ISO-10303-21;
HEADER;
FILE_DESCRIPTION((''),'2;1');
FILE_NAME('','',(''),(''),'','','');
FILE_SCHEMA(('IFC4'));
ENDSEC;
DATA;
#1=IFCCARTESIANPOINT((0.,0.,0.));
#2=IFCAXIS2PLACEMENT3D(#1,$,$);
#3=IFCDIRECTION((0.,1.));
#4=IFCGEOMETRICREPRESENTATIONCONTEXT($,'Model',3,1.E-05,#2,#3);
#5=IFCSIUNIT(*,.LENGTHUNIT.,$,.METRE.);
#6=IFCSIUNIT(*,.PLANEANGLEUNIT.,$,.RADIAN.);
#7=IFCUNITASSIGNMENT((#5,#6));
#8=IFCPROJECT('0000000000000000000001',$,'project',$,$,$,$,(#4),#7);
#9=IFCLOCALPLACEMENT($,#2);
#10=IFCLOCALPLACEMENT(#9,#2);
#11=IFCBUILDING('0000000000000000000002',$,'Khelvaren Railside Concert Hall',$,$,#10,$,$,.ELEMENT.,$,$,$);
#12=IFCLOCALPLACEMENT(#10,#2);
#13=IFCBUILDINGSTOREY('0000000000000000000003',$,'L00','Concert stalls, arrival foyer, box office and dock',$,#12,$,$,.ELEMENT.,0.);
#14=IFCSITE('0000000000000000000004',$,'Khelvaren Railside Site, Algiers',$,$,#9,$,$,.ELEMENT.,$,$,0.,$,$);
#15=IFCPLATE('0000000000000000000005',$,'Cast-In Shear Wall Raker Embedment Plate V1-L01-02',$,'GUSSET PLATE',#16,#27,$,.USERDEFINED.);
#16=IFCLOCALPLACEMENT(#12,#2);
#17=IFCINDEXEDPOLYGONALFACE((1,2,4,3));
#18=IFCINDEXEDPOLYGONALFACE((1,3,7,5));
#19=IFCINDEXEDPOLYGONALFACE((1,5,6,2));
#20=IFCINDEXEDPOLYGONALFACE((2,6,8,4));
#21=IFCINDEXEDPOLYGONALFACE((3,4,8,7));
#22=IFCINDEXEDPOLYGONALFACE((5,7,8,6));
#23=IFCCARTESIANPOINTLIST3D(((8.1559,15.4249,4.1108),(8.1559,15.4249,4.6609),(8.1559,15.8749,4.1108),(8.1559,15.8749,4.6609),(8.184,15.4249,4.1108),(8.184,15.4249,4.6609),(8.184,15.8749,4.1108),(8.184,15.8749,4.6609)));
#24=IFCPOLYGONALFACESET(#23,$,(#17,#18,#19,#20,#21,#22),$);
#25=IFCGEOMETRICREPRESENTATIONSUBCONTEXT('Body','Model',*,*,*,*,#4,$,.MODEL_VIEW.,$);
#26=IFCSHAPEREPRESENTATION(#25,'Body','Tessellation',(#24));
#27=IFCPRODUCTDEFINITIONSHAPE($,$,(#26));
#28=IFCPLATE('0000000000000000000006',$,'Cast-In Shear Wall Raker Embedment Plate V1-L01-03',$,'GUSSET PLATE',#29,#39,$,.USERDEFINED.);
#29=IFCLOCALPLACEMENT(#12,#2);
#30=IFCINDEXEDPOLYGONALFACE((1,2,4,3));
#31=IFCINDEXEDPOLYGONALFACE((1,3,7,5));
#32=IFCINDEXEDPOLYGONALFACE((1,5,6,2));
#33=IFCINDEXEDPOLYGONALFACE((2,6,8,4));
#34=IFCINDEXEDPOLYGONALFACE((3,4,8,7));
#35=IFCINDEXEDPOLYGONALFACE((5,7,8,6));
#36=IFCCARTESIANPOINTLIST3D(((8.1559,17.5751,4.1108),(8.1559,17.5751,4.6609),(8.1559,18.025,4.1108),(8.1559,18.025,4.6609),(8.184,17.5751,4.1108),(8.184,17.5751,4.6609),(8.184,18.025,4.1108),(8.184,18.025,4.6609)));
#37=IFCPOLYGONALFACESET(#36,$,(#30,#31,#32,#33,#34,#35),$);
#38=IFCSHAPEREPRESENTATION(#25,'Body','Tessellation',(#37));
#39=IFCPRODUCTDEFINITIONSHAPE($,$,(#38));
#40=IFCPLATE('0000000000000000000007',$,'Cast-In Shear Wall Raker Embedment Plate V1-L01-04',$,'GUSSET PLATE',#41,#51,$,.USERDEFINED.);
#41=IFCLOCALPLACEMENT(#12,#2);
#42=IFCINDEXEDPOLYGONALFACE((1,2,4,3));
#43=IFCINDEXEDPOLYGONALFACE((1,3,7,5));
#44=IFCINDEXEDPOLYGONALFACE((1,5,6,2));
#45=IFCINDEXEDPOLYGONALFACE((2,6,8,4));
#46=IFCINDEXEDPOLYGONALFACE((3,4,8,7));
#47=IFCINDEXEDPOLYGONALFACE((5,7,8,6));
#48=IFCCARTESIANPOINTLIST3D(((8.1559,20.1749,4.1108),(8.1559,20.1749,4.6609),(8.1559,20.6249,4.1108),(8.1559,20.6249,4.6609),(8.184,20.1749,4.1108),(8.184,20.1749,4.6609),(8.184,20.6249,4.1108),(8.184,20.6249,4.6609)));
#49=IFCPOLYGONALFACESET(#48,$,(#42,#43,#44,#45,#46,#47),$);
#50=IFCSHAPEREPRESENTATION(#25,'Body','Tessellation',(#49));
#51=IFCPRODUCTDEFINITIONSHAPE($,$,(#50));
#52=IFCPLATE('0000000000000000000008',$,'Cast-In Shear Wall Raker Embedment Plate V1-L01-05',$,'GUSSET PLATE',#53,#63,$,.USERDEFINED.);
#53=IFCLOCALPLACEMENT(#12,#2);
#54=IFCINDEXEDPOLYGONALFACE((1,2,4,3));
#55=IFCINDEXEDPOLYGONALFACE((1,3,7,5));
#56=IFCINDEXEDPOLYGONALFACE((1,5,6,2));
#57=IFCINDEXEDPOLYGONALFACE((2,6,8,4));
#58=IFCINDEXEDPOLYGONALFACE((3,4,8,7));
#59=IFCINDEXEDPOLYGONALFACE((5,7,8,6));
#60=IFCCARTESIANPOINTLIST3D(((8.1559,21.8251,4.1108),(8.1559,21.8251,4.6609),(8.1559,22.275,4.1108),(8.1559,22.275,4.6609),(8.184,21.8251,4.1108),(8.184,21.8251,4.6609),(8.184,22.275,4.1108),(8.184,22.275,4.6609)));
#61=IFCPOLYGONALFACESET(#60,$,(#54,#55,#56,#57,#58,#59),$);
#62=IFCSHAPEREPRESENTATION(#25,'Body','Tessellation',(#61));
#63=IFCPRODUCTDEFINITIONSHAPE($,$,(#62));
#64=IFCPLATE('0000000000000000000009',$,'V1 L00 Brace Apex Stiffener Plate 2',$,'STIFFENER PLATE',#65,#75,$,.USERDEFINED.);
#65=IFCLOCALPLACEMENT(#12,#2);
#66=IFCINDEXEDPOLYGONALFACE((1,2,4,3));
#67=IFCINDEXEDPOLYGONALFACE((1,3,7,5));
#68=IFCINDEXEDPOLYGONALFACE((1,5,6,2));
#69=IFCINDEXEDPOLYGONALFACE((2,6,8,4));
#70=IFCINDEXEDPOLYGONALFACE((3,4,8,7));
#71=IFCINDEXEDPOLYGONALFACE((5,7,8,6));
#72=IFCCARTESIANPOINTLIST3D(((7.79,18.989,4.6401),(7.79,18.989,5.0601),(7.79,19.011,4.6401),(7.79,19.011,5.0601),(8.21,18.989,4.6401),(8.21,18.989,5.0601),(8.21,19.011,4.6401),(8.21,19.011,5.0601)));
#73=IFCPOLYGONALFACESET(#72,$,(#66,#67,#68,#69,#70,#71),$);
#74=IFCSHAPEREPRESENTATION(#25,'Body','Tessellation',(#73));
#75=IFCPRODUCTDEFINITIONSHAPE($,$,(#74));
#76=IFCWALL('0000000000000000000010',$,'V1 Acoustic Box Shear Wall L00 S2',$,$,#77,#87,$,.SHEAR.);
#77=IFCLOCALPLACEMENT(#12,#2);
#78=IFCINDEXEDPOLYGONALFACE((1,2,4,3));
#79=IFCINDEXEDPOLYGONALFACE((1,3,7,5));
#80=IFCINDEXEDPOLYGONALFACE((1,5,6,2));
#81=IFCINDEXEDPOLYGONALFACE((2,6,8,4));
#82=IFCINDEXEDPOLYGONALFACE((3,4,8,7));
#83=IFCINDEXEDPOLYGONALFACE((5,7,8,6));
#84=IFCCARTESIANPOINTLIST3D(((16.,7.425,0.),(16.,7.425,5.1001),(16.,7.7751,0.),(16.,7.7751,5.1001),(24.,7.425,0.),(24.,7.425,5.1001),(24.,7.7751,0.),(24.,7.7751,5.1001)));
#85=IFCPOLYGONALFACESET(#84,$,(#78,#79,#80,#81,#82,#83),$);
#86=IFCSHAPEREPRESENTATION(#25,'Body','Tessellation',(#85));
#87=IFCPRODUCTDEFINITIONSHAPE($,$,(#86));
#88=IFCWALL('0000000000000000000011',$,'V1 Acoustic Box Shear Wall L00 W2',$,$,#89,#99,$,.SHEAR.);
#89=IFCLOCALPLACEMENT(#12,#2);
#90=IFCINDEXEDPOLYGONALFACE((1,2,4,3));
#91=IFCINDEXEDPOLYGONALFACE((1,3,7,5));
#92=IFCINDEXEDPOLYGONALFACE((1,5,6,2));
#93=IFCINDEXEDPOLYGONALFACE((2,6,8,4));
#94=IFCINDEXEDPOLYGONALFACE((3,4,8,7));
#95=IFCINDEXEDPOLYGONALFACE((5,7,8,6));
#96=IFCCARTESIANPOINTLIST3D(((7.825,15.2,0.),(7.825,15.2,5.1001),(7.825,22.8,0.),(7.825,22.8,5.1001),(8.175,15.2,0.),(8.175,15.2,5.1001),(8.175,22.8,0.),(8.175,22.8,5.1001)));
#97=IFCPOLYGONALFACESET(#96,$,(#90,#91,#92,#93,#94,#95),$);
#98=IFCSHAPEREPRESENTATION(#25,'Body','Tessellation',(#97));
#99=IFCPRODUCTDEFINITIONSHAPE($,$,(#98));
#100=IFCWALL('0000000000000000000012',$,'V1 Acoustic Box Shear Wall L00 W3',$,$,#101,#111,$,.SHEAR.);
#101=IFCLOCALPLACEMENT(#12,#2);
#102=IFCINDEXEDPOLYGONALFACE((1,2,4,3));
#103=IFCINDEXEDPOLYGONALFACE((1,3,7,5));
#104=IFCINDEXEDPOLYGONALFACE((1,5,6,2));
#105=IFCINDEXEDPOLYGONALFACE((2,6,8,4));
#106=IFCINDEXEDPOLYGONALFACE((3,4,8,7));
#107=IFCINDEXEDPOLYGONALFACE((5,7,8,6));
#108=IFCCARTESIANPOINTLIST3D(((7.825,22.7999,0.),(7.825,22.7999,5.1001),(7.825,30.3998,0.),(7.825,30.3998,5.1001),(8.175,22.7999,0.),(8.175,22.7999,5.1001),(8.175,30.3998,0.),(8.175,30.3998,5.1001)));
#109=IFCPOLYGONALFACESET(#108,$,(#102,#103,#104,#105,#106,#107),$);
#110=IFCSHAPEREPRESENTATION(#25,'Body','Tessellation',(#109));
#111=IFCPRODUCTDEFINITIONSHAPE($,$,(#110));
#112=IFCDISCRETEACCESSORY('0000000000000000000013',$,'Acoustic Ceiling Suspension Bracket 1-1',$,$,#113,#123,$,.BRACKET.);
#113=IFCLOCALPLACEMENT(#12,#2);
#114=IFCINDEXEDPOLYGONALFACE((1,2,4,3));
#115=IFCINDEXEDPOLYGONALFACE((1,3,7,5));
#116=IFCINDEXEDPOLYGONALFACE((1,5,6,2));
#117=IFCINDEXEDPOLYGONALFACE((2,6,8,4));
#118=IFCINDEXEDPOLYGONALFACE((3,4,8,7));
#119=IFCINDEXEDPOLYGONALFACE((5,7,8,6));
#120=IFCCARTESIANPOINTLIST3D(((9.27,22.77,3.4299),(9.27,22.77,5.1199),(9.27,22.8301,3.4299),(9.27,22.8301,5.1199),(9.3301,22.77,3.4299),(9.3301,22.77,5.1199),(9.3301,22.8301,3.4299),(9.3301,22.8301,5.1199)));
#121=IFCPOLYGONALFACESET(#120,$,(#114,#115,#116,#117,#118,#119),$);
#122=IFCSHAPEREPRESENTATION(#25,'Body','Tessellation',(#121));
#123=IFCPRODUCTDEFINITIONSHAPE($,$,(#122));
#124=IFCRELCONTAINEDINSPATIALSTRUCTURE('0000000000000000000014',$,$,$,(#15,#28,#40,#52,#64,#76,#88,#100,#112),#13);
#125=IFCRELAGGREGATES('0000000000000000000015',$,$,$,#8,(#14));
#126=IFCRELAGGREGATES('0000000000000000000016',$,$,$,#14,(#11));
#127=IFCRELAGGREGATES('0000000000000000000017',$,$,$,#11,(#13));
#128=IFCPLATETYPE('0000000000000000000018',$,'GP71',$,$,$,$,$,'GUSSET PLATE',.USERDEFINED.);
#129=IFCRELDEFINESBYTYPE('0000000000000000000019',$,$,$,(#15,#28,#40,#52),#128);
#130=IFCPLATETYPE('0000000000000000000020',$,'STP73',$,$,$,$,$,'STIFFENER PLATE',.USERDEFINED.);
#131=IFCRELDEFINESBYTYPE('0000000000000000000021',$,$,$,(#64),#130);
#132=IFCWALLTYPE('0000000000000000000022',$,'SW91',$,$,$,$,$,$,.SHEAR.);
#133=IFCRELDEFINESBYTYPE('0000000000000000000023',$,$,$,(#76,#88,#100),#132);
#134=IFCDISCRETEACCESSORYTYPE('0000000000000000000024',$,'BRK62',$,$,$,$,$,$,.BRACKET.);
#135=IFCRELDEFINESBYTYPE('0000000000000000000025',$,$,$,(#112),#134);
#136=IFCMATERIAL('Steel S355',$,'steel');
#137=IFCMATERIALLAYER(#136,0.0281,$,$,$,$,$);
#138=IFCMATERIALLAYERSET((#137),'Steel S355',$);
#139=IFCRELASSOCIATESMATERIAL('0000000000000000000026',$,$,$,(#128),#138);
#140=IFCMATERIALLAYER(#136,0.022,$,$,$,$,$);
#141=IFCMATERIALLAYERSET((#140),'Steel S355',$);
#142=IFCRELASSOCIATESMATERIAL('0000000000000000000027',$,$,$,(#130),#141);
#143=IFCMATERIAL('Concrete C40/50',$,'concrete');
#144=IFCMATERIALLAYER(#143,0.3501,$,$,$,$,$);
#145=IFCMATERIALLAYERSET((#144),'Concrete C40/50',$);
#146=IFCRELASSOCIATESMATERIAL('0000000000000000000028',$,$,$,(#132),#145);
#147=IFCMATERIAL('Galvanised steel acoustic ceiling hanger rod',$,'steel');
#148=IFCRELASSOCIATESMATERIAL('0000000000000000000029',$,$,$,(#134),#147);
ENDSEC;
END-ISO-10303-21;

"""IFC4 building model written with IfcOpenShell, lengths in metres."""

from ifc_helpers import new_model, si_unit, direction, frame, frame_2d, origin, origin_2d, place, context, subcontext, project, spatial, rectangle, extrude, material, layer, layer_set, type_object, element, save


model = new_model("IFC4")

# Units and contexts
model_context = context("Model", 3, precision=1e-05, world=origin(), true_north=direction((0.0, 1.0)))
body_context = subcontext(model_context, "Body", "Model", "MODEL_VIEW")
ifc_project = project(units=[si_unit("LENGTHUNIT", "METRE"), si_unit("PLANEANGLEUNIT", "RADIAN")], contexts=[model_context])

# Site, building, storey
site_placement = place(None, origin())
site = spatial("IfcSite", under=ifc_project, at=site_placement, Name="Khelvaren Railside Site, Algiers", CompositionType="ELEMENT", RefElevation=0.0)
building_placement = place(site_placement, origin())
building = spatial("IfcBuilding", under=site, at=building_placement, Name="Khelvaren Railside Concert Hall", CompositionType="ELEMENT")
storey_placement = place(building_placement, origin())
storey = spatial("IfcBuildingStorey", under=building, at=storey_placement, Name="L00", Description="Concert stalls, arrival foyer, box office and dock", CompositionType="ELEMENT", Elevation=0.0)

# Shared definitions
ifc_material_1 = material(Name="Steel S355", Category="steel")

# Plates
ifc_layer_1 = layer(ifc_material_1, 0.0281)
ifc_layer_set_1 = layer_set([ifc_layer_1], Name="Steel S355")
plate_type_1 = type_object("IfcPlateType", Name="GP71", ElementType="GUSSET PLATE", PredefinedType="USERDEFINED", material=ifc_layer_set_1)
for number, where, z_axis, x_axis, name in (
    (1, (8.1699, 15.6499, 4.1108), (0.0, 0.0, 1.0), (1.0, 0.0, 0.0), "Cast-In Shear Wall Raker Embedment Plate V1-L01-02"),
    (2, (8.1699, 17.8, 4.1108), (0.0, 0.0, 1.0), (1.0, 0.0, 0.0), "Cast-In Shear Wall Raker Embedment Plate V1-L01-03"),
    (3, (8.1699, 20.3999, 4.1108), (0.0, 0.0, 1.0), (1.0, 0.0, 0.0), "Cast-In Shear Wall Raker Embedment Plate V1-L01-04"),
    (4, (8.1699, 22.05, 4.1108), (0.0, 0.0, 1.0), (1.0, 0.0, 0.0), "Cast-In Shear Wall Raker Embedment Plate V1-L01-05"),
):
    element("IfcPlate", number, at=place(storey_placement, frame(where, z_axis=z_axis, x_axis=x_axis)), inside=storey, type_object=plate_type_1, Name=name, ObjectType="GUSSET PLATE", PredefinedType="USERDEFINED", context=body_context, shape_type="SweptSolid", body=[
        extrude(rectangle(XDim=0.0281, YDim=0.45, at=origin_2d()), origin(), (0.0, 0.0, 1.0), 0.55),
    ])
ifc_layer_2 = layer(ifc_material_1, 0.022)
ifc_layer_set_2 = layer_set([ifc_layer_2], Name="Steel S355")
plate_type_2 = type_object("IfcPlateType", Name="STP73", ElementType="STIFFENER PLATE", PredefinedType="USERDEFINED", material=ifc_layer_set_2)
plate_placement = place(storey_placement, frame((8.0, 19.0, 4.6401), z_axis=(0.0, 0.0, 1.0), x_axis=(1.0, 0.0, 0.0)))
element("IfcPlate", 5, at=plate_placement, inside=storey, type_object=plate_type_2, Name="V1 L00 Brace Apex Stiffener Plate 2", ObjectType="STIFFENER PLATE", PredefinedType="USERDEFINED", context=body_context, shape_type="SweptSolid", body=[
    extrude(rectangle(XDim=0.4199, YDim=0.022, at=origin_2d()), origin(), (0.0, 0.0, 1.0), 0.4199),
])

# Walls
ifc_material_2 = material(Name="Concrete C40/50", Category="concrete")
ifc_layer_3 = layer(ifc_material_2, 0.3501)
ifc_layer_set_3 = layer_set([ifc_layer_3], Name="Concrete C40/50")
wall_type = type_object("IfcWallType", Name="SW91", PredefinedType="SHEAR", material=ifc_layer_set_3)
wall_1_placement = place(storey_placement, frame((16.0, 7.6001, 0.0), z_axis=(0.0, 0.0, 1.0), x_axis=(1.0, 0.0, 0.0)))
element("IfcWall", 6, at=wall_1_placement, inside=storey, type_object=wall_type, Name="V1 Acoustic Box Shear Wall L00 S2", PredefinedType="SHEAR", context=body_context, shape_type="SweptSolid", body=[
    extrude(rectangle(XDim=8.0, YDim=0.3501, at=frame_2d((4.0, 0.0))), origin(), (0.0, 0.0, 1.0), 5.1001),
])
wall_2_placement = place(storey_placement, frame((8.0, 15.2, 0.0), z_axis=(0.0, 0.0, 1.0), x_axis=(0.0, 1.0, 0.0)))
element("IfcWall", 7, at=wall_2_placement, inside=storey, type_object=wall_type, Name="V1 Acoustic Box Shear Wall L00 W2", PredefinedType="SHEAR", context=body_context, shape_type="SweptSolid", body=[
    extrude(rectangle(XDim=7.6001, YDim=0.3501, at=frame_2d((3.8, 0.0))), origin(), (0.0, 0.0, 1.0), 5.1001),
])
wall_3_placement = place(storey_placement, frame((8.0, 22.8, 0.0), z_axis=(0.0, 0.0, 1.0), x_axis=(0.0, 1.0, 0.0)))
element("IfcWall", 8, at=wall_3_placement, inside=storey, type_object=wall_type, Name="V1 Acoustic Box Shear Wall L00 W3", PredefinedType="SHEAR", context=body_context, shape_type="SweptSolid", body=[
    extrude(rectangle(XDim=7.5999, YDim=0.3501, at=frame_2d((3.7998, 0.0))), origin(), (0.0, 0.0, 1.0), 5.1001),
])

# Discrete accessory
ifc_material_3 = material(Name="Galvanised steel acoustic ceiling hanger rod", Category="steel")
discrete_accessory_type = type_object("IfcDiscreteAccessoryType", Name="BRK62", PredefinedType="BRACKET", material=ifc_material_3)
discrete_accessory_placement = place(storey_placement, frame((9.3, 22.8, 3.4299), z_axis=(0.0, 0.0, 1.0), x_axis=(1.0, 0.0, 0.0)))
element("IfcDiscreteAccessory", 9, at=discrete_accessory_placement, inside=storey, type_object=discrete_accessory_type, Name="Acoustic Ceiling Suspension Bracket 1-1", PredefinedType="BRACKET", context=body_context, shape_type="SweptSolid", body=[
    extrude(rectangle(XDim=0.0601, YDim=0.0601, at=origin_2d()), origin(), (0.0, 0.0, 1.0), 1.6899),
])

save(model, "model.ifc")
